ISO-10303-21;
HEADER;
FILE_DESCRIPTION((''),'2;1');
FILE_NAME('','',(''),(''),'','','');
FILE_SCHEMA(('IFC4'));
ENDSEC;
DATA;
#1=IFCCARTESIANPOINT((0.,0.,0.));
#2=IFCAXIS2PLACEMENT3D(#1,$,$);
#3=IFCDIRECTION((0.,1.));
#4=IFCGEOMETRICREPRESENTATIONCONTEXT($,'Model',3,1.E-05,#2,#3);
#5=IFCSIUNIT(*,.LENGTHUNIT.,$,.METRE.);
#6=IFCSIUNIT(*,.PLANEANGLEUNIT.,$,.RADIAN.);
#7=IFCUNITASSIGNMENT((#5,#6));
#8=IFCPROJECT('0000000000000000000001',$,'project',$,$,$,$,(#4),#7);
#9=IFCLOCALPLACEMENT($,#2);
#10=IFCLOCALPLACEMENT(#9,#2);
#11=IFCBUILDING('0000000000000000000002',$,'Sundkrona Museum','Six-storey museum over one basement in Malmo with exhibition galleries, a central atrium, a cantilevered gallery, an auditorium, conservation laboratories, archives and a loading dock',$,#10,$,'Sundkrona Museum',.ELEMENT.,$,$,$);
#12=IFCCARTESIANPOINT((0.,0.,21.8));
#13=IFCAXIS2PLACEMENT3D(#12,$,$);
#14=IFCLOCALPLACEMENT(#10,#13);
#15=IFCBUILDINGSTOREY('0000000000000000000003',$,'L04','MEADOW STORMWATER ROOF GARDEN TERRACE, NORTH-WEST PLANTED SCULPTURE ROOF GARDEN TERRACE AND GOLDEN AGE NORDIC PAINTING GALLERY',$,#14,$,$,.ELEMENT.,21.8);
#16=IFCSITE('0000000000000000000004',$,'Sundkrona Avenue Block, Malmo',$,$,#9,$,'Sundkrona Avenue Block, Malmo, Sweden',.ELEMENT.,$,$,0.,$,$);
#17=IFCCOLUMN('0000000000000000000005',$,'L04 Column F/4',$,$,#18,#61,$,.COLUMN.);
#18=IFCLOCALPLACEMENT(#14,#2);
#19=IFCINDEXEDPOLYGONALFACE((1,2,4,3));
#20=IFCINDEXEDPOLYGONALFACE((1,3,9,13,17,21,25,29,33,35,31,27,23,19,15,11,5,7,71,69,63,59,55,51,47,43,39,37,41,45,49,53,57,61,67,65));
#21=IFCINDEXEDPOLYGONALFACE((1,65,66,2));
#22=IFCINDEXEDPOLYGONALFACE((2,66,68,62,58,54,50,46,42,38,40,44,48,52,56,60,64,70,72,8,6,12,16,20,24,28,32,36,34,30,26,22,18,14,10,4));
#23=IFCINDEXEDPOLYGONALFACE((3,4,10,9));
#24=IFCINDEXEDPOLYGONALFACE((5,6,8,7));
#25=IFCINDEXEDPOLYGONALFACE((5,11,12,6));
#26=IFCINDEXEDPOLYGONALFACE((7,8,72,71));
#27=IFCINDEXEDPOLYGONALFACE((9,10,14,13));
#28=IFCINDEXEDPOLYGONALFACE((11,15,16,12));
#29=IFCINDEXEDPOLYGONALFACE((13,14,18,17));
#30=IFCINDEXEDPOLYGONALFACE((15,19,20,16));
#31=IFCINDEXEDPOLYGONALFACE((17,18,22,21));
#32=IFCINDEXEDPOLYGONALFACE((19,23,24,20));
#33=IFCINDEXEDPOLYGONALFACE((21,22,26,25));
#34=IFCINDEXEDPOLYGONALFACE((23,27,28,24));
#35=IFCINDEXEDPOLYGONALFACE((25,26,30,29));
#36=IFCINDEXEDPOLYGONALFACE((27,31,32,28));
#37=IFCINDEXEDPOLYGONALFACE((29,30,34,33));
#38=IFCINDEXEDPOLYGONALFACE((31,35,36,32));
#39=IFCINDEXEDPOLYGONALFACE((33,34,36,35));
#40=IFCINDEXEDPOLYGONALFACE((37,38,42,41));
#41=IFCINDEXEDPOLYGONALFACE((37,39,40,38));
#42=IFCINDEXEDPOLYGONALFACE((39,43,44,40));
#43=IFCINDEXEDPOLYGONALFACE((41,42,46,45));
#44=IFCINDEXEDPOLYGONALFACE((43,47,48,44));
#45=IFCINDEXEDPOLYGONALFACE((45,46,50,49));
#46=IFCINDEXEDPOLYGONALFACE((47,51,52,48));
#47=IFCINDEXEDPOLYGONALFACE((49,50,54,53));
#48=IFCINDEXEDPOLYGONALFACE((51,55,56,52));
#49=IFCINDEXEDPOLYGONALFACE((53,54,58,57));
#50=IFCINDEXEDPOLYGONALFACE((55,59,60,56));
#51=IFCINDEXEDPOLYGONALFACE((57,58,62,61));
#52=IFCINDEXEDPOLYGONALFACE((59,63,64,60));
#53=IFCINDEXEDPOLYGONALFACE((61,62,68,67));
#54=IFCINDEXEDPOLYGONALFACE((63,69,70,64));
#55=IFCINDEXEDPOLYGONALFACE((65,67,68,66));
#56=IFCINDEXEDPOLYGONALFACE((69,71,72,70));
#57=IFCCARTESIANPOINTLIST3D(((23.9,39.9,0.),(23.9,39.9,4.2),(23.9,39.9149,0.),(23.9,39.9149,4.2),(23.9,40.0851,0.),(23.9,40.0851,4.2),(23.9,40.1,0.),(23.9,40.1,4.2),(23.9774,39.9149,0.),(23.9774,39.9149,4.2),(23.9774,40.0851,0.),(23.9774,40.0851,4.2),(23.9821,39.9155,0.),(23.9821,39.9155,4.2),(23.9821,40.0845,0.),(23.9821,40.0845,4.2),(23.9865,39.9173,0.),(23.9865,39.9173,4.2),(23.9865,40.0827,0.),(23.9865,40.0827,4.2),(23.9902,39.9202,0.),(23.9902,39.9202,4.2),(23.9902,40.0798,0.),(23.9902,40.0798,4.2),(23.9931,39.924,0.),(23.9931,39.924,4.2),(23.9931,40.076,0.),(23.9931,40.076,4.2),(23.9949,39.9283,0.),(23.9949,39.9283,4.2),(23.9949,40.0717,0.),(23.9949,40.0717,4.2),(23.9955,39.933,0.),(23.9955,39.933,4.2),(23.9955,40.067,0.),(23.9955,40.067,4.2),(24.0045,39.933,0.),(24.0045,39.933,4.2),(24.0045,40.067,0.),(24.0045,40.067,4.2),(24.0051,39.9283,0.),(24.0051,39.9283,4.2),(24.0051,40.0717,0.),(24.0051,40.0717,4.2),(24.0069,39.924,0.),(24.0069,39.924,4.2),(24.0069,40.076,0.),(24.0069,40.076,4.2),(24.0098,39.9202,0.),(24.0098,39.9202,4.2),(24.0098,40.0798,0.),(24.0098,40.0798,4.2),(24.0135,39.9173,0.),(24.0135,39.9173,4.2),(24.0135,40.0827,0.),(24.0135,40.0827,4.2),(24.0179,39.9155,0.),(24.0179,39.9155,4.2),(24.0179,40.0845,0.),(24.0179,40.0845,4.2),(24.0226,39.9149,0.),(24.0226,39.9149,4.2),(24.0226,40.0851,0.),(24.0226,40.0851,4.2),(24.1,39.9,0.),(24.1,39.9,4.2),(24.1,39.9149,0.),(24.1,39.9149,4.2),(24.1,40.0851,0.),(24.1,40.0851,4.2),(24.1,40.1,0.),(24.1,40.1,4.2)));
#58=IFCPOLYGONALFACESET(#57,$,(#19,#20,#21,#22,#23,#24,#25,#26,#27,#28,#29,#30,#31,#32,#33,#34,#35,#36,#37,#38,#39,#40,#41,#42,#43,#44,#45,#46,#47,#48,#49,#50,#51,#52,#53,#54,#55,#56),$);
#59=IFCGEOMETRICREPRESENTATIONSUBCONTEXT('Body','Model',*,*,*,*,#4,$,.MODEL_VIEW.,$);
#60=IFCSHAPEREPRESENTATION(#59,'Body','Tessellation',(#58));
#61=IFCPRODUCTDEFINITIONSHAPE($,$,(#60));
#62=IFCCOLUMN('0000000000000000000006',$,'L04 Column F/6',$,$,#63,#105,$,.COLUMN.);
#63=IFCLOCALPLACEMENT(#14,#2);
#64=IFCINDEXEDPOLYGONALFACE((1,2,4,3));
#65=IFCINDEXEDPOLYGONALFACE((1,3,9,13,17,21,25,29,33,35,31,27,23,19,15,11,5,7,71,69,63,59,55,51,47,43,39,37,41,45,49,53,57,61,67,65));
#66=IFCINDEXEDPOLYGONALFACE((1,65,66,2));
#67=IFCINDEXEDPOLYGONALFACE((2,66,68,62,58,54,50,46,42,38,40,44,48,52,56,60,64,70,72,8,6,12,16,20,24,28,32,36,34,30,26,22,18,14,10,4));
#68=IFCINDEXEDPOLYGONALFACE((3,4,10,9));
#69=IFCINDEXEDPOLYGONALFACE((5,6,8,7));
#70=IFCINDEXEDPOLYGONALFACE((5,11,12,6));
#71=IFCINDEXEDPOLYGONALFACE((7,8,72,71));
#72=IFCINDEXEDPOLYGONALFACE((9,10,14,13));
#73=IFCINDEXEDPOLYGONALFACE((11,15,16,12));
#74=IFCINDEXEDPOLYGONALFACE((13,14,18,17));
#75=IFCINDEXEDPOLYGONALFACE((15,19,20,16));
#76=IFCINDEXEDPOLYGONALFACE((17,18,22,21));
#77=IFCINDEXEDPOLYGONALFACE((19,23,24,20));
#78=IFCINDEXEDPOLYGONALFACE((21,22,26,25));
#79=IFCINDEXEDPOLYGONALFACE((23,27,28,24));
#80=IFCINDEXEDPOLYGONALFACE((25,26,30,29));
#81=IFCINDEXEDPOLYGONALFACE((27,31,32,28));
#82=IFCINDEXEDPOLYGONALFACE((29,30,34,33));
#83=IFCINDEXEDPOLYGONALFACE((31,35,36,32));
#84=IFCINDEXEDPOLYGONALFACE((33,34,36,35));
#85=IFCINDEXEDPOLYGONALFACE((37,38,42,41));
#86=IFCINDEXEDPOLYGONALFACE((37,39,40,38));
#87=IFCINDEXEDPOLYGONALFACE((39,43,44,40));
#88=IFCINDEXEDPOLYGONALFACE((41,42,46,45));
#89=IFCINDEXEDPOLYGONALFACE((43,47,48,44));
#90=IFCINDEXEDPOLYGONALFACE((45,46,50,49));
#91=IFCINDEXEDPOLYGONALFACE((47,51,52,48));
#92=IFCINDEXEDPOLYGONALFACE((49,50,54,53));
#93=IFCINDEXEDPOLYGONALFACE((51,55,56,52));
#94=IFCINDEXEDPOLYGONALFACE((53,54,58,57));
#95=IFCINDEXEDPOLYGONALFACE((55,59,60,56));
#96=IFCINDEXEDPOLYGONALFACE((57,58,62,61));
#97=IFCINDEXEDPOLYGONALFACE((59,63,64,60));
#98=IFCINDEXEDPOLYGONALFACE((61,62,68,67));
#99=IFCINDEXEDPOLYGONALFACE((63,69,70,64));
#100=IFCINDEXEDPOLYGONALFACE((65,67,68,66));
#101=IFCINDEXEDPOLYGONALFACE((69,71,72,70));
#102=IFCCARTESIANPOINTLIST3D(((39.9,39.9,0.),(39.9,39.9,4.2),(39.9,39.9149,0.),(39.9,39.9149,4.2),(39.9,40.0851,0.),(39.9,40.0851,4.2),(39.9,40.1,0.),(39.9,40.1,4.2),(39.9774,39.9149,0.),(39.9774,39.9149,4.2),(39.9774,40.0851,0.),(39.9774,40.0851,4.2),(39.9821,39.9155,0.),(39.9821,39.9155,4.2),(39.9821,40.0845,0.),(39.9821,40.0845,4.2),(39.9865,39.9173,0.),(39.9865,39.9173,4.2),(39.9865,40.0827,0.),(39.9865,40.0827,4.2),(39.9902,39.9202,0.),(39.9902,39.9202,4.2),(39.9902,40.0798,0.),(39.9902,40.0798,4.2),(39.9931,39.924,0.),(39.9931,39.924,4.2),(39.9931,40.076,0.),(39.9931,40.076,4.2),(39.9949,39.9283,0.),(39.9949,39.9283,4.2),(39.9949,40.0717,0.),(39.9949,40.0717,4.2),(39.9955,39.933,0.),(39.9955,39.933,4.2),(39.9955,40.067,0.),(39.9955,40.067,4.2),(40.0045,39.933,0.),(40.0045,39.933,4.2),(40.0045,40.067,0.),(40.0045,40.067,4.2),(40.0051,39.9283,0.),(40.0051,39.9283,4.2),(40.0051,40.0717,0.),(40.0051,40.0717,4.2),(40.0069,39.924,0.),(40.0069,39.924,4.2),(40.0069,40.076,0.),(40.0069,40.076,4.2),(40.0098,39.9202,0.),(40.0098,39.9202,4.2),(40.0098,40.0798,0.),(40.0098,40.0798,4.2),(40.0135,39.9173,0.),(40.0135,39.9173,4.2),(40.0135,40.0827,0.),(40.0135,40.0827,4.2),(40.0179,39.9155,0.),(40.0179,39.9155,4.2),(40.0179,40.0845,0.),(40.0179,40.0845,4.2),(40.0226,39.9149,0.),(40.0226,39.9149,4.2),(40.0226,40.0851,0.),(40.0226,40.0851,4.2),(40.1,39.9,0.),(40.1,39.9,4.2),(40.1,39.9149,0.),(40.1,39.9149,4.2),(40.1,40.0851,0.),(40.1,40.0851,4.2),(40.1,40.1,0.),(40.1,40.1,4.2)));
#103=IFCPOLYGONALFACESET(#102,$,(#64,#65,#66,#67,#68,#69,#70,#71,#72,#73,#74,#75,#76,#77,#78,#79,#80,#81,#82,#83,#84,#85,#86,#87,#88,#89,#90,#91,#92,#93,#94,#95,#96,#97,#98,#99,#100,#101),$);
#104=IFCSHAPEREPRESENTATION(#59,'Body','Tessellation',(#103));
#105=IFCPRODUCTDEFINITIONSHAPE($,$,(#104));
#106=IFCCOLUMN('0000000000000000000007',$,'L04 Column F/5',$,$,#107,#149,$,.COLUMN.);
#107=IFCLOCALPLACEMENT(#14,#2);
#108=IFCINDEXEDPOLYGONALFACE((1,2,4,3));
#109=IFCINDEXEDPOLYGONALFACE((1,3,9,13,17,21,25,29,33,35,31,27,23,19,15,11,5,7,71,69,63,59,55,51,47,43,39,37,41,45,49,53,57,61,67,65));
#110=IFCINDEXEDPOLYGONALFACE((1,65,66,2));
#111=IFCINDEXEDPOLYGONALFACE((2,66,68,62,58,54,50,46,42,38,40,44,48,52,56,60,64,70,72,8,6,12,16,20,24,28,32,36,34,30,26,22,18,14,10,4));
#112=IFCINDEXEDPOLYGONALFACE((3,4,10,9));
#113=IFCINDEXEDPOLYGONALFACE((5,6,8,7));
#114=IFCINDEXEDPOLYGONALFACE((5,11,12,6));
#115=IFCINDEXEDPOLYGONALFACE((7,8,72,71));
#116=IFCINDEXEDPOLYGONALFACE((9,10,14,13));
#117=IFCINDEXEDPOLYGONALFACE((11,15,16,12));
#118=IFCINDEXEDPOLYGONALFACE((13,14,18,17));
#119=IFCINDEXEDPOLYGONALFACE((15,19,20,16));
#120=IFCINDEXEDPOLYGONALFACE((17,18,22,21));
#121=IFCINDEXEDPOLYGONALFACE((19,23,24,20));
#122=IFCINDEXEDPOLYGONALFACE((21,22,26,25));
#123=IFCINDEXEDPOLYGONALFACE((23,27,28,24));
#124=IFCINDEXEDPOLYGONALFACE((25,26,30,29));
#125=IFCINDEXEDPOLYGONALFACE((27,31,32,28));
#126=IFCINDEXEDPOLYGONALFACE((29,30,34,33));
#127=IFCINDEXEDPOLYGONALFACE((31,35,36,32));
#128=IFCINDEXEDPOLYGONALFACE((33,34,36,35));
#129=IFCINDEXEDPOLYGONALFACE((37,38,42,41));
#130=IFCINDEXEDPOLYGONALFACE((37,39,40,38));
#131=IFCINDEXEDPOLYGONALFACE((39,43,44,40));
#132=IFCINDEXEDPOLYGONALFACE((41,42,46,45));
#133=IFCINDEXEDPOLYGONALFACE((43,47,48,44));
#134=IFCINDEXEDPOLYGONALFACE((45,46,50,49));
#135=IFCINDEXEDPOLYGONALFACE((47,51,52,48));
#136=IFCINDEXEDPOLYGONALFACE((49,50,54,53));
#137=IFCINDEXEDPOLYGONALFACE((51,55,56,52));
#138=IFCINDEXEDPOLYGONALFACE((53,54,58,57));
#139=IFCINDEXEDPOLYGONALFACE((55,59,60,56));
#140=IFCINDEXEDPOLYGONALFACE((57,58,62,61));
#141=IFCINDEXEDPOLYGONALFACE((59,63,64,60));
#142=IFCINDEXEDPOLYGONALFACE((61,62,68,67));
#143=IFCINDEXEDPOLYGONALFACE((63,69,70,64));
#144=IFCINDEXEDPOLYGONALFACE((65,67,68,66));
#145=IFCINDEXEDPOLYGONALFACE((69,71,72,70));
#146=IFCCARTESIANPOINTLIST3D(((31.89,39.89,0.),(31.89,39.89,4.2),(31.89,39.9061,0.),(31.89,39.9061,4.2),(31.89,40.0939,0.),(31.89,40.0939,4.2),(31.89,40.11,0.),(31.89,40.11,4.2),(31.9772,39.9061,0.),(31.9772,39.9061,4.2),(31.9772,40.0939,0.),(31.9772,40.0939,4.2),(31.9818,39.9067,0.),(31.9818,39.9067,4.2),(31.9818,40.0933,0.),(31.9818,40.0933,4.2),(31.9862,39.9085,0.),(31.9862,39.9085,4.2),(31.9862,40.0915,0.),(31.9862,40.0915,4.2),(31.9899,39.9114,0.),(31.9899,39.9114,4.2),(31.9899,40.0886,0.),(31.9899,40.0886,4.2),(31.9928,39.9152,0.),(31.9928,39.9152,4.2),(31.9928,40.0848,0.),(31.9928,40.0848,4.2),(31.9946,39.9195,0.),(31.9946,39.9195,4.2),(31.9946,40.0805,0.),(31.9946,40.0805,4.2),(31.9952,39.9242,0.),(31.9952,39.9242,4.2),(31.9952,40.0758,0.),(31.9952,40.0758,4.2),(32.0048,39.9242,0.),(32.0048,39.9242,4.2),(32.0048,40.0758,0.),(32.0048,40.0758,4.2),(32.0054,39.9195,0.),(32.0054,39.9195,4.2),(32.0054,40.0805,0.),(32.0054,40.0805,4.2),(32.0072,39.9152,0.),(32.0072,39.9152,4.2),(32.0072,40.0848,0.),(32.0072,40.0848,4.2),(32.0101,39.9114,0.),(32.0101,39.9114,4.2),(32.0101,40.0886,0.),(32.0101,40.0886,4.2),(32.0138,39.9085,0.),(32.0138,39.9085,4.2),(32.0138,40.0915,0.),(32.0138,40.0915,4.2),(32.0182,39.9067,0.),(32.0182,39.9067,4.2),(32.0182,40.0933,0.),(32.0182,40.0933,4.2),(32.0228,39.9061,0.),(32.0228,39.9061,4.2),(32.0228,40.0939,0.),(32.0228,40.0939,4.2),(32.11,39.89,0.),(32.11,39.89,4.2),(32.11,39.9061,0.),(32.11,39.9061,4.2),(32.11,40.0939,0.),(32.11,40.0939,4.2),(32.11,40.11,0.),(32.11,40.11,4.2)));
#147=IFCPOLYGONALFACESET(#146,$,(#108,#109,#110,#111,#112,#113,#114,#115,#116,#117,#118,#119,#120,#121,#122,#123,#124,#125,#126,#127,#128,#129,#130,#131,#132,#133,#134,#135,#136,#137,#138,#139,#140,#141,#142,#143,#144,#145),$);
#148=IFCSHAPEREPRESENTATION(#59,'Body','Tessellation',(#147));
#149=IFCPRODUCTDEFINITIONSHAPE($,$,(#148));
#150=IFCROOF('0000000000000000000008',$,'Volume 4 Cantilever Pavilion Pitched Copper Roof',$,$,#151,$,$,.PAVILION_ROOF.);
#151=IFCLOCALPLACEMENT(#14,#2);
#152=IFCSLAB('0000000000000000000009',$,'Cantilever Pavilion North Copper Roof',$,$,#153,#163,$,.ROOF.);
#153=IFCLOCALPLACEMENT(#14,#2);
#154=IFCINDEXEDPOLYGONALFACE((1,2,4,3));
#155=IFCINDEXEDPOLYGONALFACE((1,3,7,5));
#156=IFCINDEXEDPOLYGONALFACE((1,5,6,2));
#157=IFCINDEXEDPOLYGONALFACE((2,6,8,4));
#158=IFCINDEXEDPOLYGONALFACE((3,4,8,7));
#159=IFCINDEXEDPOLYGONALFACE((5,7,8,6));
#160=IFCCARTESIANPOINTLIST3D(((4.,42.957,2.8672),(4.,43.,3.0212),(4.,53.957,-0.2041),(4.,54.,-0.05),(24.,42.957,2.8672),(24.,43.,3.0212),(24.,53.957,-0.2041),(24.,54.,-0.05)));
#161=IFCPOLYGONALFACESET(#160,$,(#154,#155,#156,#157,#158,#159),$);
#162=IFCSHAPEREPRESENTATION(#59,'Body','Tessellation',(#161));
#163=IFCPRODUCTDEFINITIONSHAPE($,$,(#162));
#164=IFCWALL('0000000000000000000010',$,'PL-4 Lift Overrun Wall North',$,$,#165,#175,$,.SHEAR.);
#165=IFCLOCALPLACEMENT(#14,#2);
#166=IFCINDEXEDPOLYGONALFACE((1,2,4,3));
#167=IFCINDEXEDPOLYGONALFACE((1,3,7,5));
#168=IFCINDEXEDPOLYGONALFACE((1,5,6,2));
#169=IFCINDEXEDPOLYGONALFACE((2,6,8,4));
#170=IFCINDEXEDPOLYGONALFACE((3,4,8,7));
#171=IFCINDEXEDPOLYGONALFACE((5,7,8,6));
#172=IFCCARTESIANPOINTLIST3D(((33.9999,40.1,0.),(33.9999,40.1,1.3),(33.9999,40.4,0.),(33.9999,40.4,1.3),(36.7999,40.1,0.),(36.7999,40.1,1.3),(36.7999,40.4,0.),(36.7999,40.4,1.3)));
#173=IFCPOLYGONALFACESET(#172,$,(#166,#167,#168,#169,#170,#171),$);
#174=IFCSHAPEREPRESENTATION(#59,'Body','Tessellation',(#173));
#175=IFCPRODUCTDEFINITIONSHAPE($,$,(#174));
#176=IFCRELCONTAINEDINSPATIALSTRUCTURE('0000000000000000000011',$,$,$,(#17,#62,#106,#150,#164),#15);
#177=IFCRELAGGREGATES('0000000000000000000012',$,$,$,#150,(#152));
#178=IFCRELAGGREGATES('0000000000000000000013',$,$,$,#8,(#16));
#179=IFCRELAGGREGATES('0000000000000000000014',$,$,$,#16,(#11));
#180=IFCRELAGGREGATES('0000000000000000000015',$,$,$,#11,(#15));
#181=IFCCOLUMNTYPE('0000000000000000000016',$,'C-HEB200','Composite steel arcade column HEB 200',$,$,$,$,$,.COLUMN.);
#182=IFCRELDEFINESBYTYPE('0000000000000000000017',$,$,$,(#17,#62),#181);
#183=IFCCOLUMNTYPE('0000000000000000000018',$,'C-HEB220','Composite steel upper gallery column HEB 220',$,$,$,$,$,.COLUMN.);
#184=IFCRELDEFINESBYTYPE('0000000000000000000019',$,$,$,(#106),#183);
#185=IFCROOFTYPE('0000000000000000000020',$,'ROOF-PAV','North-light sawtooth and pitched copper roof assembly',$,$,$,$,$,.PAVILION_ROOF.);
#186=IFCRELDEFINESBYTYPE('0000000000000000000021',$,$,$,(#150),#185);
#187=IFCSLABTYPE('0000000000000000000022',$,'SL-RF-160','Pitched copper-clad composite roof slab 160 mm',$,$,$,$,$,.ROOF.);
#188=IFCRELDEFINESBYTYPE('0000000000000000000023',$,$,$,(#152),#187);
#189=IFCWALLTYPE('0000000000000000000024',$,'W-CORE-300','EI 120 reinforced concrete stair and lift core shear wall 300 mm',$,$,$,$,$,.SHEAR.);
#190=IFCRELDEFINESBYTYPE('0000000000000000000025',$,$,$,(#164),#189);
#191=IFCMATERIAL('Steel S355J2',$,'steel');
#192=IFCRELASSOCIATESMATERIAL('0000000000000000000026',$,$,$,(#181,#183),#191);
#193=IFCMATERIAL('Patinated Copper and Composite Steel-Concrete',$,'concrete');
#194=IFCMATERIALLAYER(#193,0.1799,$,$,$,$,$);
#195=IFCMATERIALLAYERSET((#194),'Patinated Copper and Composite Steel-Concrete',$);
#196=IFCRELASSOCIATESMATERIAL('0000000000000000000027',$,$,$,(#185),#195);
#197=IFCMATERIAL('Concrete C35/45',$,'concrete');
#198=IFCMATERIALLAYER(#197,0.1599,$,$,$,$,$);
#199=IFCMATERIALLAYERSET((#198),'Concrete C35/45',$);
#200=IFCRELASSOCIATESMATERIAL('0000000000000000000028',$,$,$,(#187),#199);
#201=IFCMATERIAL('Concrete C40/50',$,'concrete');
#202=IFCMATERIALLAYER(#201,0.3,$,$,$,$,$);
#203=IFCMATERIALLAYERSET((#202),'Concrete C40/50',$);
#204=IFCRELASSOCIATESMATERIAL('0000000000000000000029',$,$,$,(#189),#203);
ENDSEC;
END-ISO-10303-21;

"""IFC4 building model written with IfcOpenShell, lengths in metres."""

from ifc_helpers import new_model, si_unit, direction, frame, frame_2d, origin, origin_2d, place, context, subcontext, project, spatial, polyline, rectangle, i_section, outline, extrude, material, layer, layer_set, material_profile, profile_set, type_object, element, aggregate, save


model = new_model("IFC4")

# Units and contexts
model_context = context("Model", 3, precision=1e-05, world=origin(), true_north=direction((0.0, 1.0)))
body_context = subcontext(model_context, "Body", "Model", "MODEL_VIEW")
ifc_project = project(units=[si_unit("LENGTHUNIT", "METRE"), si_unit("PLANEANGLEUNIT", "RADIAN")], contexts=[model_context])

# Site, building, storey
site_placement = place(None, origin())
site = spatial("IfcSite", under=ifc_project, at=site_placement, Name="Sundkrona Avenue Block, Malmo", LongName="Sundkrona Avenue Block, Malmo, Sweden", CompositionType="ELEMENT", RefElevation=0.0)
building_placement = place(site_placement, origin())
building = spatial("IfcBuilding", under=site, at=building_placement, Name="Sundkrona Museum", Description="Six-storey museum over one basement in Malmo with exhibition galleries, a central atrium, a cantilevered gallery, an auditorium, conservation laboratories, archives and a loading dock", LongName="Sundkrona Museum", CompositionType="ELEMENT")
storey_placement = place(building_placement, frame((0.0, 0.0, 21.8)))
storey = spatial("IfcBuildingStorey", under=building, at=storey_placement, Name="L04", Description="MEADOW STORMWATER ROOF GARDEN TERRACE, NORTH-WEST PLANTED SCULPTURE ROOF GARDEN TERRACE AND GOLDEN AGE NORDIC PAINTING GALLERY", CompositionType="ELEMENT", Elevation=21.8)

# Columns
ifc_material_1 = material(Name="Steel S355J2", Category="steel")
ifc_material_profile_1 = material_profile(ifc_material_1, i_section(OverallWidth=0.2, OverallDepth=0.2, WebThickness=0.009, FlangeThickness=0.0149, FilletRadius=0.0181, at=origin_2d()), Name="HEB 200")
ifc_profile_set_1 = profile_set([ifc_material_profile_1], Name="Steel S355J2")
column_type_1 = type_object("IfcColumnType", Name="C-HEB200", Description="Composite steel arcade column HEB 200", PredefinedType="COLUMN", material=ifc_profile_set_1)
for number, where, z_axis, x_axis, name in (
    (1, (24.0, 40.0, 0.0), (0.0, 0.0, 1.0), (1.0, 0.0, 0.0), "L04 Column F/4"),
    (2, (40.0, 40.0, 0.0), (0.0, 0.0, 1.0), (1.0, 0.0, 0.0), "L04 Column F/6"),
):
    element("IfcColumn", number, at=place(storey_placement, frame(where, z_axis=z_axis, x_axis=x_axis)), inside=storey, type_object=column_type_1, Name=name, PredefinedType="COLUMN", context=body_context, shape_type="SweptSolid", body=[
        extrude(i_section(OverallWidth=0.2, OverallDepth=0.2, WebThickness=0.009, FlangeThickness=0.0149, FilletRadius=0.0181, at=origin_2d()), origin(), (0.0, 0.0, 1.0), 4.2),
    ])
ifc_material_profile_2 = material_profile(ifc_material_1, i_section(OverallWidth=0.22, OverallDepth=0.22, WebThickness=0.0095, FlangeThickness=0.0161, FilletRadius=0.0181, at=origin_2d()), Name="HEB 220")
ifc_profile_set_2 = profile_set([ifc_material_profile_2], Name="Steel S355J2")
column_type_2 = type_object("IfcColumnType", Name="C-HEB220", Description="Composite steel upper gallery column HEB 220", PredefinedType="COLUMN", material=ifc_profile_set_2)
column_placement = place(storey_placement, frame((32.0, 40.0, 0.0), z_axis=(0.0, 0.0, 1.0), x_axis=(1.0, 0.0, 0.0)))
element("IfcColumn", 3, at=column_placement, inside=storey, type_object=column_type_2, Name="L04 Column F/5", PredefinedType="COLUMN", context=body_context, shape_type="SweptSolid", body=[
    extrude(i_section(OverallWidth=0.22, OverallDepth=0.22, WebThickness=0.0095, FlangeThickness=0.0161, FilletRadius=0.0181, at=origin_2d()), origin(), (0.0, 0.0, 1.0), 4.2),
])

# Roof, slab
ifc_material_2 = material(Name="Patinated Copper and Composite Steel-Concrete", Category="concrete")
ifc_layer_1 = layer(ifc_material_2, 0.1799)
ifc_layer_set_1 = layer_set([ifc_layer_1], Name="Patinated Copper and Composite Steel-Concrete")
roof_type = type_object("IfcRoofType", Name="ROOF-PAV", Description="North-light sawtooth and pitched copper roof assembly", PredefinedType="PAVILION_ROOF", material=ifc_layer_set_1)
roof_placement = place(storey_placement, origin())
roof = element("IfcRoof", 4, at=roof_placement, inside=storey, type_object=roof_type, Name="Volume 4 Cantilever Pavilion Pitched Copper Roof", PredefinedType="PAVILION_ROOF")
ifc_material_3 = material(Name="Concrete C35/45", Category="concrete")
ifc_layer_2 = layer(ifc_material_3, 0.1599)
ifc_layer_set_2 = layer_set([ifc_layer_2], Name="Concrete C35/45")
slab_type = type_object("IfcSlabType", Name="SL-RF-160", Description="Pitched copper-clad composite roof slab 160 mm", PredefinedType="ROOF", material=ifc_layer_set_2)
slab_placement = place(storey_placement, frame((4.0, 43.0, 3.0212), z_axis=(0.0, 0.268923, 0.963162), x_axis=(1.0, 0.0, 0.0)))
slab = element("IfcSlab", 5, at=slab_placement, type_object=slab_type, Name="Cantilever Pavilion North Copper Roof", PredefinedType="ROOF", context=body_context, shape_type="SweptSolid", body=[
    extrude(outline(polyline([(0.0, 0.0), (20.0, 0.0), (20.0, 11.4207), (0.0, 11.4207), (0.0, 0.0)])), origin(), (0.0, 0.0, -1.0), 0.1599),
])
aggregate(roof, [slab])

# Wall
ifc_material_4 = material(Name="Concrete C40/50", Category="concrete")
ifc_layer_3 = layer(ifc_material_4, 0.3)
ifc_layer_set_3 = layer_set([ifc_layer_3], Name="Concrete C40/50")
wall_type_1 = type_object("IfcWallType", Name="W-CORE-300", Description="EI 120 reinforced concrete stair and lift core shear wall 300 mm", PredefinedType="SHEAR", material=ifc_layer_set_3)
wall_1_placement = place(storey_placement, frame((34.0, 40.25, 0.0), z_axis=(0.0, 0.0, 1.0), x_axis=(1.0, 0.0, 0.0)))
element("IfcWall", 6, at=wall_1_placement, inside=storey, type_object=wall_type_1, Name="PL-4 Lift Overrun Wall North", PredefinedType="SHEAR", context=body_context, shape_type="SweptSolid", body=[
    extrude(rectangle(XDim=2.8, YDim=0.3, at=frame_2d((1.3999, 0.0))), origin(), (0.0, 0.0, 1.0), 1.3),
])

save(model, "model.ifc")
